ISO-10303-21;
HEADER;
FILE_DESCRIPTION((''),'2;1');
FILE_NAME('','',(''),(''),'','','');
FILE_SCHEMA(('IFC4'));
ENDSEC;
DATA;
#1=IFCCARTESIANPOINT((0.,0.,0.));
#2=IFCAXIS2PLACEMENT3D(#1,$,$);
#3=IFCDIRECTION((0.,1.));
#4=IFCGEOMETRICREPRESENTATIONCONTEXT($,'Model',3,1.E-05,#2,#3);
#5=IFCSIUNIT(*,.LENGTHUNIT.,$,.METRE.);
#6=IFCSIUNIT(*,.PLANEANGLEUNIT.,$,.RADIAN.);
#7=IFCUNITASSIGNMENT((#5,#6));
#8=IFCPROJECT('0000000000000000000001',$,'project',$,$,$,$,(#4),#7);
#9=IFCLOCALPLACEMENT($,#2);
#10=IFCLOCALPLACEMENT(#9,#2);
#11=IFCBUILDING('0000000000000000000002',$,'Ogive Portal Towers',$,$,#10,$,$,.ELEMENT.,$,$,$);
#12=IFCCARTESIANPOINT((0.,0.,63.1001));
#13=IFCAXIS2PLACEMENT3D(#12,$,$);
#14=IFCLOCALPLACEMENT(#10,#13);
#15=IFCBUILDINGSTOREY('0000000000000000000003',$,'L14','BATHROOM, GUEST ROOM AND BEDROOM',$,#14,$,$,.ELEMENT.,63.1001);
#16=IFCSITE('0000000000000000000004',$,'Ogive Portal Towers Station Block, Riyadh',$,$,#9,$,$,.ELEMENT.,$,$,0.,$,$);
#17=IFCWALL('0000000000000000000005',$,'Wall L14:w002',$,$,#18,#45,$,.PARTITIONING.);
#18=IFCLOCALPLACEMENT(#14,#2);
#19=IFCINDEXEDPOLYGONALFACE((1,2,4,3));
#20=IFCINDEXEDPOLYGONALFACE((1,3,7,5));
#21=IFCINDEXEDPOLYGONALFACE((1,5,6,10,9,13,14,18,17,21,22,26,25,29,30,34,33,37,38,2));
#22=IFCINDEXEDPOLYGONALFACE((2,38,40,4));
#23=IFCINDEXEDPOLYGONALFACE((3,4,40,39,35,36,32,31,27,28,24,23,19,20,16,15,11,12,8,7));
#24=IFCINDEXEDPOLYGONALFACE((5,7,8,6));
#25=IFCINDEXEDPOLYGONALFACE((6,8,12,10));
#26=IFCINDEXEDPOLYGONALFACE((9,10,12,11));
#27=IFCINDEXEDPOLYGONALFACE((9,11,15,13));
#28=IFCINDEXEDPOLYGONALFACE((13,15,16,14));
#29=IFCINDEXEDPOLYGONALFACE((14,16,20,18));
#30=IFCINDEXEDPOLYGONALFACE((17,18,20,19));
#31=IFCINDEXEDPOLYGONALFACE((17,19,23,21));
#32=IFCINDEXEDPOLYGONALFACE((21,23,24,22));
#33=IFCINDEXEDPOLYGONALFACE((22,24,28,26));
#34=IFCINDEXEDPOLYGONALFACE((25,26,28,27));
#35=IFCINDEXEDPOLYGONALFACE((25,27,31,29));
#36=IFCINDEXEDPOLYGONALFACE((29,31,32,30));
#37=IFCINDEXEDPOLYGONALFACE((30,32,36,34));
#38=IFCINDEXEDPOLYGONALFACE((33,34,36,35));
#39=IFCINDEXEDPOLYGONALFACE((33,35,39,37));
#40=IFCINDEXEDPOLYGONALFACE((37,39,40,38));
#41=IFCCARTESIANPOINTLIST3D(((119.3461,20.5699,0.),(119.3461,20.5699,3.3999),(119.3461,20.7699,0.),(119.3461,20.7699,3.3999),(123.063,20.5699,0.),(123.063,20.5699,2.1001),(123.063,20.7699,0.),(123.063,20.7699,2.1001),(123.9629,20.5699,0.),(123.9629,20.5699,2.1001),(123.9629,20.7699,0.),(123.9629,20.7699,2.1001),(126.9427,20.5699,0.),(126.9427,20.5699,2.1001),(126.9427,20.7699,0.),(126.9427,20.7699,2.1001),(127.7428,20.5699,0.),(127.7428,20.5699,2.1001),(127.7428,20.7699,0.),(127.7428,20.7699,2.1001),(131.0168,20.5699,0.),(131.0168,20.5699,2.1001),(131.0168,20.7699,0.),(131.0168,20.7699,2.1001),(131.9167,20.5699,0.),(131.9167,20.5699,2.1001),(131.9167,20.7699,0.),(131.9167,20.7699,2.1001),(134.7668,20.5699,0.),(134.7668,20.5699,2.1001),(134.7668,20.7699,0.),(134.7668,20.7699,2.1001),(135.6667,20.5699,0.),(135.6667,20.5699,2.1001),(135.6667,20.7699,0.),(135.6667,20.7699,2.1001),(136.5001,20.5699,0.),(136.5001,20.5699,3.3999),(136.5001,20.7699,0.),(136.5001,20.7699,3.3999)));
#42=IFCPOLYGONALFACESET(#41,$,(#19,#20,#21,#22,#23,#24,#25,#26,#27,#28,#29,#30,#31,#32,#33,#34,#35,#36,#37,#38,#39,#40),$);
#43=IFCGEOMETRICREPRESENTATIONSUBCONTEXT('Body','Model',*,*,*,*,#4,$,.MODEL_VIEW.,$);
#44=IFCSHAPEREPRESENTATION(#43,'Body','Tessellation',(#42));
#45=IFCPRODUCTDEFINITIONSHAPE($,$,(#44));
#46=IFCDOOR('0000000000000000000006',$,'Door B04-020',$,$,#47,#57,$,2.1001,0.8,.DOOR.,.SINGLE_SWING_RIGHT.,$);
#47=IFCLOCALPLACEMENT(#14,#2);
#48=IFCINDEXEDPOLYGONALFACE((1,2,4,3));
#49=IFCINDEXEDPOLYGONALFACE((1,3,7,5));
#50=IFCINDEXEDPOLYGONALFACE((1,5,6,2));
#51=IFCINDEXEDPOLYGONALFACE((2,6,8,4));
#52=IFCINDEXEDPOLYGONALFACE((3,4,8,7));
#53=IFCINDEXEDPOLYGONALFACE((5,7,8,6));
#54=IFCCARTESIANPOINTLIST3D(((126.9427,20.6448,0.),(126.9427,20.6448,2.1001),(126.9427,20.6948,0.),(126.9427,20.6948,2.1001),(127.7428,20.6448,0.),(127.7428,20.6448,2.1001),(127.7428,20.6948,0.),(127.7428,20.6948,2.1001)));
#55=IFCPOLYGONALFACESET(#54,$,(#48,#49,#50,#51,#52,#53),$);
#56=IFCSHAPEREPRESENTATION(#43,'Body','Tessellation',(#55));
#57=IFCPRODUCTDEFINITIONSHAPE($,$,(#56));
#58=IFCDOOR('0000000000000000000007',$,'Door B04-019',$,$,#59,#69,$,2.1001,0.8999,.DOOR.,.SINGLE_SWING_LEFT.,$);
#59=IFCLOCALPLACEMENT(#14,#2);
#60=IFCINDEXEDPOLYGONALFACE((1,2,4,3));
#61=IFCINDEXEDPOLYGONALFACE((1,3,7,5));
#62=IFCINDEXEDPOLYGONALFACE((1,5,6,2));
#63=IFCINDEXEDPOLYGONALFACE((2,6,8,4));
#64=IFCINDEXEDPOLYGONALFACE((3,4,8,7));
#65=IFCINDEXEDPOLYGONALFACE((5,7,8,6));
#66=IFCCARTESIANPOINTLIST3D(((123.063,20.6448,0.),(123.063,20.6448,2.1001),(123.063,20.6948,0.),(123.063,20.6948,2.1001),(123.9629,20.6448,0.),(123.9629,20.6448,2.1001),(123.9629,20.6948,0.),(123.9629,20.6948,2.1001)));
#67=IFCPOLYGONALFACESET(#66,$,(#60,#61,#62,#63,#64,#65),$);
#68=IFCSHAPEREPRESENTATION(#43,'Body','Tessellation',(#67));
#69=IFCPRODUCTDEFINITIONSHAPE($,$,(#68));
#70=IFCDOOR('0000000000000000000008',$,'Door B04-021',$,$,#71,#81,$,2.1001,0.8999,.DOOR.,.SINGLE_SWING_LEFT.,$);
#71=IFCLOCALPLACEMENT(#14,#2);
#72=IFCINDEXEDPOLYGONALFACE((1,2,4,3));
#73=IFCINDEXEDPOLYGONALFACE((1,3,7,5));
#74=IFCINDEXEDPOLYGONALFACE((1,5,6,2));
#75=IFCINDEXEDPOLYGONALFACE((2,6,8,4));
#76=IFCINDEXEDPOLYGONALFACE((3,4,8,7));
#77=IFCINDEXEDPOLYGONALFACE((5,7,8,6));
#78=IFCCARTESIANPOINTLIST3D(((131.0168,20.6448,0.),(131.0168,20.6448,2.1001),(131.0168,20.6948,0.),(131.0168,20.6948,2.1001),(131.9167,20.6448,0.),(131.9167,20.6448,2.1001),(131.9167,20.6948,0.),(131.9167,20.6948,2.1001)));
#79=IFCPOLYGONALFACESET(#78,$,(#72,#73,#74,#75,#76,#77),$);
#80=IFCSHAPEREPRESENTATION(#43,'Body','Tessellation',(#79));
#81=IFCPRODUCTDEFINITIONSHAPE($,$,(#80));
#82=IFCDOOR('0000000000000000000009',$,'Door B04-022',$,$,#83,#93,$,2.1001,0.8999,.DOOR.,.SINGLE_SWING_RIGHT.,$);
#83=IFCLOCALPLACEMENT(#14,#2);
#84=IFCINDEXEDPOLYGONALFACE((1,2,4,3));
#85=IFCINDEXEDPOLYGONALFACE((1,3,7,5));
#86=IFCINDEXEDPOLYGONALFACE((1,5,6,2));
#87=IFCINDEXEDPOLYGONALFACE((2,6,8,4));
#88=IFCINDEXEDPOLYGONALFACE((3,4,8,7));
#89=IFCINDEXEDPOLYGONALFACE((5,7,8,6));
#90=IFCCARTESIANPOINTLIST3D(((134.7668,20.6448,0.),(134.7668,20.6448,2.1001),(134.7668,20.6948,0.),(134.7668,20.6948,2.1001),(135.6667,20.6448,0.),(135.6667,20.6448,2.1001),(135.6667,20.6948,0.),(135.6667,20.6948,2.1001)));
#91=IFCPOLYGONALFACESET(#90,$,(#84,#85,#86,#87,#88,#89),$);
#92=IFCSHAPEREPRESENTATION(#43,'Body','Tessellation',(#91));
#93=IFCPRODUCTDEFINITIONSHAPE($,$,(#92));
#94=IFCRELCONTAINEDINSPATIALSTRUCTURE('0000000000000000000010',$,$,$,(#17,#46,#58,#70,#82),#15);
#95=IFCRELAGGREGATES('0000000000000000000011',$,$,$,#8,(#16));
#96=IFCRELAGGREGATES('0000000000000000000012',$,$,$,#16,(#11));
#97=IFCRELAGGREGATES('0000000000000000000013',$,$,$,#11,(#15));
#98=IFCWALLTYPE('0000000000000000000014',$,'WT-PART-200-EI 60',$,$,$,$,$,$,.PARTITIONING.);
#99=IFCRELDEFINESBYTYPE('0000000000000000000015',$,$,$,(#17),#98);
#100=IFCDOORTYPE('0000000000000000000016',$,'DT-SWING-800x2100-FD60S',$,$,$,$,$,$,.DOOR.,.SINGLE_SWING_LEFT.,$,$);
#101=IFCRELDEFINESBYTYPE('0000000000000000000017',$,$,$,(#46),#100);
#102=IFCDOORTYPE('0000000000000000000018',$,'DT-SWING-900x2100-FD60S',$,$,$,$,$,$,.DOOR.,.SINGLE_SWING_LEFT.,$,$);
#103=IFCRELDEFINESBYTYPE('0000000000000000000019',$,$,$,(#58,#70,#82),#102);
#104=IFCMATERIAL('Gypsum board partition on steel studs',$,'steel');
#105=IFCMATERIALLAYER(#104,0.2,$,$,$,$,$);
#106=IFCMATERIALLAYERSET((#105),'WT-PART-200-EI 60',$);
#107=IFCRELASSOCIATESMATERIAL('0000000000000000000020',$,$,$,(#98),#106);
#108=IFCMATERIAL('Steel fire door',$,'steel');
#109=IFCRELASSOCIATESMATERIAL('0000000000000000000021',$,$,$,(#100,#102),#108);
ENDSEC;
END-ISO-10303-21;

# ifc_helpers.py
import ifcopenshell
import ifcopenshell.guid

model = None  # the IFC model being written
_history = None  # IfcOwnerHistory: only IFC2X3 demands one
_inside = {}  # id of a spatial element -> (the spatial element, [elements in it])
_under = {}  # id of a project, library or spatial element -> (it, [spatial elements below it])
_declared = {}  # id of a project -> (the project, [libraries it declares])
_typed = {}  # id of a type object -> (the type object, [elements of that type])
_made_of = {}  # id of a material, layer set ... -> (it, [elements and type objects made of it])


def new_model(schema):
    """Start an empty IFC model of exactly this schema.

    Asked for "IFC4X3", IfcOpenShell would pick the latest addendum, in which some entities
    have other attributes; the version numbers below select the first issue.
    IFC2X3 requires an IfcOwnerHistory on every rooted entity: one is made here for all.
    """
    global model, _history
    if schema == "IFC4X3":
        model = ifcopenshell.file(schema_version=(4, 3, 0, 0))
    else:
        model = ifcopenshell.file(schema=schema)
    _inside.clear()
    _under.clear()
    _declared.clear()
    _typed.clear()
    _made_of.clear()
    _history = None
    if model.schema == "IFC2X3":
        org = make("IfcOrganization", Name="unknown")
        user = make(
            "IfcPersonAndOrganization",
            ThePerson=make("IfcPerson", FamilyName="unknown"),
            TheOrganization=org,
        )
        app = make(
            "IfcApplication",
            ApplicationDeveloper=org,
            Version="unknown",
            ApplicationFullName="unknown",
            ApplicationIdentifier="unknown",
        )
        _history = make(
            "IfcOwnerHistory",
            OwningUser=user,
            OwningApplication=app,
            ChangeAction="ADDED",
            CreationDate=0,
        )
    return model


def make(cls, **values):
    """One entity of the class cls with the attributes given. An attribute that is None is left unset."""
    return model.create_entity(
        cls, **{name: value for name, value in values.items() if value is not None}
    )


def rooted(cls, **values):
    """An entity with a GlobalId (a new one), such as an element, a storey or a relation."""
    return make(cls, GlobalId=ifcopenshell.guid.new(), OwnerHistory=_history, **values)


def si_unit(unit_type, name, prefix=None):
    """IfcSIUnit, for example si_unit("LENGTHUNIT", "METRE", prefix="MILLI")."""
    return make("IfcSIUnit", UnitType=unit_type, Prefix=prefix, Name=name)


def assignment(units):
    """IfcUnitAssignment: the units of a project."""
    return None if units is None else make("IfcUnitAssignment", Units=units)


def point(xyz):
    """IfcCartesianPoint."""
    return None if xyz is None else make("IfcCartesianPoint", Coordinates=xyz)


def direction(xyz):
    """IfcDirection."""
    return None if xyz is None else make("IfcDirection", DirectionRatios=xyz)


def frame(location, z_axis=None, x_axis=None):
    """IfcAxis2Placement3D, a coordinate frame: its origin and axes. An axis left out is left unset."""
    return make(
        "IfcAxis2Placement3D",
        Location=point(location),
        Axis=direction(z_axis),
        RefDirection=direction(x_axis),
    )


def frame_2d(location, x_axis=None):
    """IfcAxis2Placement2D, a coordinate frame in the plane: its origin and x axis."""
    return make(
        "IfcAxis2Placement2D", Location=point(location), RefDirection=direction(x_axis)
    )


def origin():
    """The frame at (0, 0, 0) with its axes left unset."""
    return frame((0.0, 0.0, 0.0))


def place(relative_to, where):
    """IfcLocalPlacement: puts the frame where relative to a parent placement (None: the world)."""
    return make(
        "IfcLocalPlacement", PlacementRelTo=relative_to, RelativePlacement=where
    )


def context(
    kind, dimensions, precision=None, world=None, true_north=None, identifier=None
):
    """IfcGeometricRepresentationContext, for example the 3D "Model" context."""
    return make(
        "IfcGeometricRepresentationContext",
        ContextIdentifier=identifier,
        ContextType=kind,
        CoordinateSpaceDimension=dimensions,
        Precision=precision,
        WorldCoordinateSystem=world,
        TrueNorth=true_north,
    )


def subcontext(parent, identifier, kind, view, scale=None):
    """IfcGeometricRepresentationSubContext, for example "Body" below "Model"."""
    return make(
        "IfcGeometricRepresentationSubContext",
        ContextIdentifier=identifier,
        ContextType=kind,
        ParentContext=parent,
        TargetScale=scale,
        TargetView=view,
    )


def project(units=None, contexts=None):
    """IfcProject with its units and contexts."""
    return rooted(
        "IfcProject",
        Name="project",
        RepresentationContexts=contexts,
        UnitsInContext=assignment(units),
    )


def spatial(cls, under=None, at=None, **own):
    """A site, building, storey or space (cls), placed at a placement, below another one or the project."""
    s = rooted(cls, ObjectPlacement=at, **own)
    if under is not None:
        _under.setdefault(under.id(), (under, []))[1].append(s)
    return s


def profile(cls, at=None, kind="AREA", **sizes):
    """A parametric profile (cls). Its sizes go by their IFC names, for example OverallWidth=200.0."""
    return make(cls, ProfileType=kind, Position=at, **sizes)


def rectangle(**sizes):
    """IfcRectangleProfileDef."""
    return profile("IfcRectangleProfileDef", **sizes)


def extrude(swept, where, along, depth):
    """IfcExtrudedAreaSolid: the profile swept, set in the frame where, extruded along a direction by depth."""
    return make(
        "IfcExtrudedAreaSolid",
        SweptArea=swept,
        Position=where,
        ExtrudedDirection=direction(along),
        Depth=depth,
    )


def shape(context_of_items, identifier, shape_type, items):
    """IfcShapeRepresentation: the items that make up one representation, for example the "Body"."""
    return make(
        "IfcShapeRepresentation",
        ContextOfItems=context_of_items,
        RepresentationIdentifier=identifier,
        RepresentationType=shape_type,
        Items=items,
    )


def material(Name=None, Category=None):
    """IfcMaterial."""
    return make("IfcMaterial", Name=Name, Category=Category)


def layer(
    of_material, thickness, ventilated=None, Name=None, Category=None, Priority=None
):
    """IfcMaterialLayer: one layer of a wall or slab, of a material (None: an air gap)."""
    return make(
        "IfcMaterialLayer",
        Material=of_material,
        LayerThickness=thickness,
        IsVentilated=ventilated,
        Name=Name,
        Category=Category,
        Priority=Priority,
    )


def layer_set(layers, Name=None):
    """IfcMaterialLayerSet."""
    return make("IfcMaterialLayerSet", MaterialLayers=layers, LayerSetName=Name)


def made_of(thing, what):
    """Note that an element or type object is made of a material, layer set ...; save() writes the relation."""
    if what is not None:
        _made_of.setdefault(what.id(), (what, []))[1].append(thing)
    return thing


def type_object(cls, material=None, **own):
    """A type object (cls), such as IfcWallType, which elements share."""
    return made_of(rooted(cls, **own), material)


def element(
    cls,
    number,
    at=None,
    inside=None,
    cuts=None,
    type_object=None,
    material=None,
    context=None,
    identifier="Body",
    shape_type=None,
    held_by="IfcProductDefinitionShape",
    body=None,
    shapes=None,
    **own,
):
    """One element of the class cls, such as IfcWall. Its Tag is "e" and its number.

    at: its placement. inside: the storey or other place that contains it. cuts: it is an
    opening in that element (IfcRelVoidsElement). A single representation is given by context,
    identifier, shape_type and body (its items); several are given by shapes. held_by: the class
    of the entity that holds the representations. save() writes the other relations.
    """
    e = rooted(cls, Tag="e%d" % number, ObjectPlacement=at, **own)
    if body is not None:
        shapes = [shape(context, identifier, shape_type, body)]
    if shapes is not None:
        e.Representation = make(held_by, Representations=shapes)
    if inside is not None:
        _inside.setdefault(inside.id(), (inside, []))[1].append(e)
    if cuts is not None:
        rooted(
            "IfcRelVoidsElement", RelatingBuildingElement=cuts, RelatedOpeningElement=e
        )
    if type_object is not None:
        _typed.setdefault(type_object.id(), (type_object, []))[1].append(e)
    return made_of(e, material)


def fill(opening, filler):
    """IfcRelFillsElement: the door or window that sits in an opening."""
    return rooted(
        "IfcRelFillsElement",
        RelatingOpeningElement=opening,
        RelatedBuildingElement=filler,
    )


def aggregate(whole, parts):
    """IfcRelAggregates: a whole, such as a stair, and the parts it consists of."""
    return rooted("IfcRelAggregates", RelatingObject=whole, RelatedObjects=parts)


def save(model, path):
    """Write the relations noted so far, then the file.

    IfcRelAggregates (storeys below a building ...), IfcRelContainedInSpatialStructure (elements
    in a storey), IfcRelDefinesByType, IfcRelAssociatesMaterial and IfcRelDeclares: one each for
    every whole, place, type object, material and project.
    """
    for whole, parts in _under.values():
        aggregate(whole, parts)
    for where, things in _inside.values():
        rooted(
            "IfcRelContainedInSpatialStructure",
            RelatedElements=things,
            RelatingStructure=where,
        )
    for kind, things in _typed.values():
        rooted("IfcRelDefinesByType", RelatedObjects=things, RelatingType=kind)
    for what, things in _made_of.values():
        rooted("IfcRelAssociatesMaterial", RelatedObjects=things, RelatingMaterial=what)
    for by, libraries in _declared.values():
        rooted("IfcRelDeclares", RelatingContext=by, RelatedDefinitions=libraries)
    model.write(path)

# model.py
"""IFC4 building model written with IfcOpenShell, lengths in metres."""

from ifc_helpers import new_model, si_unit, direction, frame, frame_2d, origin, place, context, subcontext, project, spatial, rectangle, extrude, material, layer, layer_set, type_object, element, fill, save


model = new_model("IFC4")

# Units and contexts
model_context = context("Model", 3, precision=1e-05, world=origin(), true_north=direction((0.0, 1.0)))
body_context = subcontext(model_context, "Body", "Model", "MODEL_VIEW")
ifc_project = project(units=[si_unit("LENGTHUNIT", "METRE"), si_unit("PLANEANGLEUNIT", "RADIAN")], contexts=[model_context])

# Site, building, storey
site_placement = place(None, origin())
site = spatial("IfcSite", under=ifc_project, at=site_placement, Name="Ogive Portal Towers Station Block, Riyadh", CompositionType="ELEMENT", RefElevation=0.0)
building_placement = place(site_placement, origin())
building = spatial("IfcBuilding", under=site, at=building_placement, Name="Ogive Portal Towers", CompositionType="ELEMENT")
storey_placement = place(building_placement, frame((0.0, 0.0, 63.1001)))
storey = spatial("IfcBuildingStorey", under=building, at=storey_placement, Name="L14", Description="BATHROOM, GUEST ROOM AND BEDROOM", CompositionType="ELEMENT", Elevation=63.1001)

# Shared definitions
ifc_material_1 = material(Name="Steel fire door", Category="steel")

# Wall, openings, doors
ifc_material_2 = material(Name="Gypsum board partition on steel studs", Category="steel")
ifc_layer_1 = layer(ifc_material_2, 0.2)
ifc_layer_set_1 = layer_set([ifc_layer_1], Name="WT-PART-200-EI 60")
wall_type_1 = type_object("IfcWallType", Name="WT-PART-200-EI 60", PredefinedType="PARTITIONING", material=ifc_layer_set_1)
wall_1_placement = place(storey_placement, frame((119.3459, 20.6699, 0.0), z_axis=(0.0, 0.0, 1.0), x_axis=(1.0, 0.0, 0.0)))
wall_1 = element("IfcWall", 1, at=wall_1_placement, inside=storey, type_object=wall_type_1, Name="Wall L14:w002", PredefinedType="PARTITIONING", context=body_context, shape_type="SweptSolid", body=[
    extrude(rectangle(XDim=17.1541, YDim=0.2, at=frame_2d((8.5771, 0.0))), origin(), (0.0, 0.0, 1.0), 3.3999),
])
opening_1_placement = place(wall_1_placement, frame((3.717, 0.0, 0.0)))
opening_1 = element("IfcOpeningElement", 2, at=opening_1_placement, cuts=wall_1, PredefinedType="OPENING", context=body_context, shape_type="SweptSolid", body=[
    extrude(rectangle(XDim=0.8999, YDim=2.1001, at=frame_2d((0.45, 1.05))), frame((0.0, 0.1099, 0.0), z_axis=(0.0, -1.0, 0.0), x_axis=(1.0, 0.0, 0.0)), (0.0, 0.0, 1.0), 0.22),
])
opening_2_placement = place(wall_1_placement, frame((7.5969, 0.0, 0.0)))
opening_2 = element("IfcOpeningElement", 3, at=opening_2_placement, cuts=wall_1, PredefinedType="OPENING", context=body_context, shape_type="SweptSolid", body=[
    extrude(rectangle(XDim=0.8, YDim=2.1001, at=frame_2d((0.3999, 1.05))), frame((0.0, 0.1099, 0.0), z_axis=(0.0, -1.0, 0.0), x_axis=(1.0, 0.0, 0.0)), (0.0, 0.0, 1.0), 0.22),
])
opening_3_placement = place(wall_1_placement, frame((11.6709, 0.0, 0.0)))
opening_3 = element("IfcOpeningElement", 4, at=opening_3_placement, cuts=wall_1, PredefinedType="OPENING", context=body_context, shape_type="SweptSolid", body=[
    extrude(rectangle(XDim=0.8999, YDim=2.1001, at=frame_2d((0.45, 1.05))), frame((0.0, 0.1099, 0.0), z_axis=(0.0, -1.0, 0.0), x_axis=(1.0, 0.0, 0.0)), (0.0, 0.0, 1.0), 0.22),
])
opening_4_placement = place(wall_1_placement, frame((15.4209, 0.0, 0.0)))
opening_4 = element("IfcOpeningElement", 5, at=opening_4_placement, cuts=wall_1, PredefinedType="OPENING", context=body_context, shape_type="SweptSolid", body=[
    extrude(rectangle(XDim=0.8999, YDim=2.1001, at=frame_2d((0.45, 1.05))), frame((0.0, 0.1099, 0.0), z_axis=(0.0, -1.0, 0.0), x_axis=(1.0, 0.0, 0.0)), (0.0, 0.0, 1.0), 0.22),
])
door_type_1 = type_object("IfcDoorType", Name="DT-SWING-800x2100-FD60S", OperationType="SINGLE_SWING_LEFT", PredefinedType="DOOR", material=ifc_material_1)
door_1_placement = place(opening_2_placement, origin())
door_1 = element("IfcDoor", 6, at=door_1_placement, inside=storey, type_object=door_type_1, Name="Door B04-020", OperationType="SINGLE_SWING_RIGHT", OverallHeight=2.1001, OverallWidth=0.8, PredefinedType="DOOR", context=body_context, shape_type="SweptSolid", body=[
    extrude(rectangle(XDim=0.8, YDim=2.1001, at=frame_2d((0.3999, 1.05))), frame((0.0, 0.0249, 0.0), z_axis=(0.0, -1.0, 0.0), x_axis=(1.0, 0.0, 0.0)), (0.0, 0.0, 1.0), 0.05),
])
fill(opening_2, door_1)
door_type_2 = type_object("IfcDoorType", Name="DT-SWING-900x2100-FD60S", OperationType="SINGLE_SWING_LEFT", PredefinedType="DOOR", material=ifc_material_1)
door_2_placement = place(opening_1_placement, origin())
door_2 = element("IfcDoor", 7, at=door_2_placement, inside=storey, type_object=door_type_2, Name="Door B04-019", OperationType="SINGLE_SWING_LEFT", OverallHeight=2.1001, OverallWidth=0.8999, PredefinedType="DOOR", context=body_context, shape_type="SweptSolid", body=[
    extrude(rectangle(XDim=0.8999, YDim=2.1001, at=frame_2d((0.45, 1.05))), frame((0.0, 0.0249, 0.0), z_axis=(0.0, -1.0, 0.0), x_axis=(1.0, 0.0, 0.0)), (0.0, 0.0, 1.0), 0.05),
])
fill(opening_1, door_2)
door_3_placement = place(opening_3_placement, origin())
door_3 = element("IfcDoor", 8, at=door_3_placement, inside=storey, type_object=door_type_2, Name="Door B04-021", OperationType="SINGLE_SWING_LEFT", OverallHeight=2.1001, OverallWidth=0.8999, PredefinedType="DOOR", context=body_context, shape_type="SweptSolid", body=[
    extrude(rectangle(XDim=0.8999, YDim=2.1001, at=frame_2d((0.45, 1.05))), frame((0.0, 0.0249, 0.0), z_axis=(0.0, -1.0, 0.0), x_axis=(1.0, 0.0, 0.0)), (0.0, 0.0, 1.0), 0.05),
])
fill(opening_3, door_3)
door_4_placement = place(opening_4_placement, origin())
door_4 = element("IfcDoor", 9, at=door_4_placement, inside=storey, type_object=door_type_2, Name="Door B04-022", OperationType="SINGLE_SWING_RIGHT", OverallHeight=2.1001, OverallWidth=0.8999, PredefinedType="DOOR", context=body_context, shape_type="SweptSolid", body=[
    extrude(rectangle(XDim=0.8999, YDim=2.1001, at=frame_2d((0.45, 1.05))), frame((0.0, 0.0249, 0.0), z_axis=(0.0, -1.0, 0.0), x_axis=(1.0, 0.0, 0.0)), (0.0, 0.0, 1.0), 0.05),
])
fill(opening_4, door_4)

save(model, "model.ifc")
